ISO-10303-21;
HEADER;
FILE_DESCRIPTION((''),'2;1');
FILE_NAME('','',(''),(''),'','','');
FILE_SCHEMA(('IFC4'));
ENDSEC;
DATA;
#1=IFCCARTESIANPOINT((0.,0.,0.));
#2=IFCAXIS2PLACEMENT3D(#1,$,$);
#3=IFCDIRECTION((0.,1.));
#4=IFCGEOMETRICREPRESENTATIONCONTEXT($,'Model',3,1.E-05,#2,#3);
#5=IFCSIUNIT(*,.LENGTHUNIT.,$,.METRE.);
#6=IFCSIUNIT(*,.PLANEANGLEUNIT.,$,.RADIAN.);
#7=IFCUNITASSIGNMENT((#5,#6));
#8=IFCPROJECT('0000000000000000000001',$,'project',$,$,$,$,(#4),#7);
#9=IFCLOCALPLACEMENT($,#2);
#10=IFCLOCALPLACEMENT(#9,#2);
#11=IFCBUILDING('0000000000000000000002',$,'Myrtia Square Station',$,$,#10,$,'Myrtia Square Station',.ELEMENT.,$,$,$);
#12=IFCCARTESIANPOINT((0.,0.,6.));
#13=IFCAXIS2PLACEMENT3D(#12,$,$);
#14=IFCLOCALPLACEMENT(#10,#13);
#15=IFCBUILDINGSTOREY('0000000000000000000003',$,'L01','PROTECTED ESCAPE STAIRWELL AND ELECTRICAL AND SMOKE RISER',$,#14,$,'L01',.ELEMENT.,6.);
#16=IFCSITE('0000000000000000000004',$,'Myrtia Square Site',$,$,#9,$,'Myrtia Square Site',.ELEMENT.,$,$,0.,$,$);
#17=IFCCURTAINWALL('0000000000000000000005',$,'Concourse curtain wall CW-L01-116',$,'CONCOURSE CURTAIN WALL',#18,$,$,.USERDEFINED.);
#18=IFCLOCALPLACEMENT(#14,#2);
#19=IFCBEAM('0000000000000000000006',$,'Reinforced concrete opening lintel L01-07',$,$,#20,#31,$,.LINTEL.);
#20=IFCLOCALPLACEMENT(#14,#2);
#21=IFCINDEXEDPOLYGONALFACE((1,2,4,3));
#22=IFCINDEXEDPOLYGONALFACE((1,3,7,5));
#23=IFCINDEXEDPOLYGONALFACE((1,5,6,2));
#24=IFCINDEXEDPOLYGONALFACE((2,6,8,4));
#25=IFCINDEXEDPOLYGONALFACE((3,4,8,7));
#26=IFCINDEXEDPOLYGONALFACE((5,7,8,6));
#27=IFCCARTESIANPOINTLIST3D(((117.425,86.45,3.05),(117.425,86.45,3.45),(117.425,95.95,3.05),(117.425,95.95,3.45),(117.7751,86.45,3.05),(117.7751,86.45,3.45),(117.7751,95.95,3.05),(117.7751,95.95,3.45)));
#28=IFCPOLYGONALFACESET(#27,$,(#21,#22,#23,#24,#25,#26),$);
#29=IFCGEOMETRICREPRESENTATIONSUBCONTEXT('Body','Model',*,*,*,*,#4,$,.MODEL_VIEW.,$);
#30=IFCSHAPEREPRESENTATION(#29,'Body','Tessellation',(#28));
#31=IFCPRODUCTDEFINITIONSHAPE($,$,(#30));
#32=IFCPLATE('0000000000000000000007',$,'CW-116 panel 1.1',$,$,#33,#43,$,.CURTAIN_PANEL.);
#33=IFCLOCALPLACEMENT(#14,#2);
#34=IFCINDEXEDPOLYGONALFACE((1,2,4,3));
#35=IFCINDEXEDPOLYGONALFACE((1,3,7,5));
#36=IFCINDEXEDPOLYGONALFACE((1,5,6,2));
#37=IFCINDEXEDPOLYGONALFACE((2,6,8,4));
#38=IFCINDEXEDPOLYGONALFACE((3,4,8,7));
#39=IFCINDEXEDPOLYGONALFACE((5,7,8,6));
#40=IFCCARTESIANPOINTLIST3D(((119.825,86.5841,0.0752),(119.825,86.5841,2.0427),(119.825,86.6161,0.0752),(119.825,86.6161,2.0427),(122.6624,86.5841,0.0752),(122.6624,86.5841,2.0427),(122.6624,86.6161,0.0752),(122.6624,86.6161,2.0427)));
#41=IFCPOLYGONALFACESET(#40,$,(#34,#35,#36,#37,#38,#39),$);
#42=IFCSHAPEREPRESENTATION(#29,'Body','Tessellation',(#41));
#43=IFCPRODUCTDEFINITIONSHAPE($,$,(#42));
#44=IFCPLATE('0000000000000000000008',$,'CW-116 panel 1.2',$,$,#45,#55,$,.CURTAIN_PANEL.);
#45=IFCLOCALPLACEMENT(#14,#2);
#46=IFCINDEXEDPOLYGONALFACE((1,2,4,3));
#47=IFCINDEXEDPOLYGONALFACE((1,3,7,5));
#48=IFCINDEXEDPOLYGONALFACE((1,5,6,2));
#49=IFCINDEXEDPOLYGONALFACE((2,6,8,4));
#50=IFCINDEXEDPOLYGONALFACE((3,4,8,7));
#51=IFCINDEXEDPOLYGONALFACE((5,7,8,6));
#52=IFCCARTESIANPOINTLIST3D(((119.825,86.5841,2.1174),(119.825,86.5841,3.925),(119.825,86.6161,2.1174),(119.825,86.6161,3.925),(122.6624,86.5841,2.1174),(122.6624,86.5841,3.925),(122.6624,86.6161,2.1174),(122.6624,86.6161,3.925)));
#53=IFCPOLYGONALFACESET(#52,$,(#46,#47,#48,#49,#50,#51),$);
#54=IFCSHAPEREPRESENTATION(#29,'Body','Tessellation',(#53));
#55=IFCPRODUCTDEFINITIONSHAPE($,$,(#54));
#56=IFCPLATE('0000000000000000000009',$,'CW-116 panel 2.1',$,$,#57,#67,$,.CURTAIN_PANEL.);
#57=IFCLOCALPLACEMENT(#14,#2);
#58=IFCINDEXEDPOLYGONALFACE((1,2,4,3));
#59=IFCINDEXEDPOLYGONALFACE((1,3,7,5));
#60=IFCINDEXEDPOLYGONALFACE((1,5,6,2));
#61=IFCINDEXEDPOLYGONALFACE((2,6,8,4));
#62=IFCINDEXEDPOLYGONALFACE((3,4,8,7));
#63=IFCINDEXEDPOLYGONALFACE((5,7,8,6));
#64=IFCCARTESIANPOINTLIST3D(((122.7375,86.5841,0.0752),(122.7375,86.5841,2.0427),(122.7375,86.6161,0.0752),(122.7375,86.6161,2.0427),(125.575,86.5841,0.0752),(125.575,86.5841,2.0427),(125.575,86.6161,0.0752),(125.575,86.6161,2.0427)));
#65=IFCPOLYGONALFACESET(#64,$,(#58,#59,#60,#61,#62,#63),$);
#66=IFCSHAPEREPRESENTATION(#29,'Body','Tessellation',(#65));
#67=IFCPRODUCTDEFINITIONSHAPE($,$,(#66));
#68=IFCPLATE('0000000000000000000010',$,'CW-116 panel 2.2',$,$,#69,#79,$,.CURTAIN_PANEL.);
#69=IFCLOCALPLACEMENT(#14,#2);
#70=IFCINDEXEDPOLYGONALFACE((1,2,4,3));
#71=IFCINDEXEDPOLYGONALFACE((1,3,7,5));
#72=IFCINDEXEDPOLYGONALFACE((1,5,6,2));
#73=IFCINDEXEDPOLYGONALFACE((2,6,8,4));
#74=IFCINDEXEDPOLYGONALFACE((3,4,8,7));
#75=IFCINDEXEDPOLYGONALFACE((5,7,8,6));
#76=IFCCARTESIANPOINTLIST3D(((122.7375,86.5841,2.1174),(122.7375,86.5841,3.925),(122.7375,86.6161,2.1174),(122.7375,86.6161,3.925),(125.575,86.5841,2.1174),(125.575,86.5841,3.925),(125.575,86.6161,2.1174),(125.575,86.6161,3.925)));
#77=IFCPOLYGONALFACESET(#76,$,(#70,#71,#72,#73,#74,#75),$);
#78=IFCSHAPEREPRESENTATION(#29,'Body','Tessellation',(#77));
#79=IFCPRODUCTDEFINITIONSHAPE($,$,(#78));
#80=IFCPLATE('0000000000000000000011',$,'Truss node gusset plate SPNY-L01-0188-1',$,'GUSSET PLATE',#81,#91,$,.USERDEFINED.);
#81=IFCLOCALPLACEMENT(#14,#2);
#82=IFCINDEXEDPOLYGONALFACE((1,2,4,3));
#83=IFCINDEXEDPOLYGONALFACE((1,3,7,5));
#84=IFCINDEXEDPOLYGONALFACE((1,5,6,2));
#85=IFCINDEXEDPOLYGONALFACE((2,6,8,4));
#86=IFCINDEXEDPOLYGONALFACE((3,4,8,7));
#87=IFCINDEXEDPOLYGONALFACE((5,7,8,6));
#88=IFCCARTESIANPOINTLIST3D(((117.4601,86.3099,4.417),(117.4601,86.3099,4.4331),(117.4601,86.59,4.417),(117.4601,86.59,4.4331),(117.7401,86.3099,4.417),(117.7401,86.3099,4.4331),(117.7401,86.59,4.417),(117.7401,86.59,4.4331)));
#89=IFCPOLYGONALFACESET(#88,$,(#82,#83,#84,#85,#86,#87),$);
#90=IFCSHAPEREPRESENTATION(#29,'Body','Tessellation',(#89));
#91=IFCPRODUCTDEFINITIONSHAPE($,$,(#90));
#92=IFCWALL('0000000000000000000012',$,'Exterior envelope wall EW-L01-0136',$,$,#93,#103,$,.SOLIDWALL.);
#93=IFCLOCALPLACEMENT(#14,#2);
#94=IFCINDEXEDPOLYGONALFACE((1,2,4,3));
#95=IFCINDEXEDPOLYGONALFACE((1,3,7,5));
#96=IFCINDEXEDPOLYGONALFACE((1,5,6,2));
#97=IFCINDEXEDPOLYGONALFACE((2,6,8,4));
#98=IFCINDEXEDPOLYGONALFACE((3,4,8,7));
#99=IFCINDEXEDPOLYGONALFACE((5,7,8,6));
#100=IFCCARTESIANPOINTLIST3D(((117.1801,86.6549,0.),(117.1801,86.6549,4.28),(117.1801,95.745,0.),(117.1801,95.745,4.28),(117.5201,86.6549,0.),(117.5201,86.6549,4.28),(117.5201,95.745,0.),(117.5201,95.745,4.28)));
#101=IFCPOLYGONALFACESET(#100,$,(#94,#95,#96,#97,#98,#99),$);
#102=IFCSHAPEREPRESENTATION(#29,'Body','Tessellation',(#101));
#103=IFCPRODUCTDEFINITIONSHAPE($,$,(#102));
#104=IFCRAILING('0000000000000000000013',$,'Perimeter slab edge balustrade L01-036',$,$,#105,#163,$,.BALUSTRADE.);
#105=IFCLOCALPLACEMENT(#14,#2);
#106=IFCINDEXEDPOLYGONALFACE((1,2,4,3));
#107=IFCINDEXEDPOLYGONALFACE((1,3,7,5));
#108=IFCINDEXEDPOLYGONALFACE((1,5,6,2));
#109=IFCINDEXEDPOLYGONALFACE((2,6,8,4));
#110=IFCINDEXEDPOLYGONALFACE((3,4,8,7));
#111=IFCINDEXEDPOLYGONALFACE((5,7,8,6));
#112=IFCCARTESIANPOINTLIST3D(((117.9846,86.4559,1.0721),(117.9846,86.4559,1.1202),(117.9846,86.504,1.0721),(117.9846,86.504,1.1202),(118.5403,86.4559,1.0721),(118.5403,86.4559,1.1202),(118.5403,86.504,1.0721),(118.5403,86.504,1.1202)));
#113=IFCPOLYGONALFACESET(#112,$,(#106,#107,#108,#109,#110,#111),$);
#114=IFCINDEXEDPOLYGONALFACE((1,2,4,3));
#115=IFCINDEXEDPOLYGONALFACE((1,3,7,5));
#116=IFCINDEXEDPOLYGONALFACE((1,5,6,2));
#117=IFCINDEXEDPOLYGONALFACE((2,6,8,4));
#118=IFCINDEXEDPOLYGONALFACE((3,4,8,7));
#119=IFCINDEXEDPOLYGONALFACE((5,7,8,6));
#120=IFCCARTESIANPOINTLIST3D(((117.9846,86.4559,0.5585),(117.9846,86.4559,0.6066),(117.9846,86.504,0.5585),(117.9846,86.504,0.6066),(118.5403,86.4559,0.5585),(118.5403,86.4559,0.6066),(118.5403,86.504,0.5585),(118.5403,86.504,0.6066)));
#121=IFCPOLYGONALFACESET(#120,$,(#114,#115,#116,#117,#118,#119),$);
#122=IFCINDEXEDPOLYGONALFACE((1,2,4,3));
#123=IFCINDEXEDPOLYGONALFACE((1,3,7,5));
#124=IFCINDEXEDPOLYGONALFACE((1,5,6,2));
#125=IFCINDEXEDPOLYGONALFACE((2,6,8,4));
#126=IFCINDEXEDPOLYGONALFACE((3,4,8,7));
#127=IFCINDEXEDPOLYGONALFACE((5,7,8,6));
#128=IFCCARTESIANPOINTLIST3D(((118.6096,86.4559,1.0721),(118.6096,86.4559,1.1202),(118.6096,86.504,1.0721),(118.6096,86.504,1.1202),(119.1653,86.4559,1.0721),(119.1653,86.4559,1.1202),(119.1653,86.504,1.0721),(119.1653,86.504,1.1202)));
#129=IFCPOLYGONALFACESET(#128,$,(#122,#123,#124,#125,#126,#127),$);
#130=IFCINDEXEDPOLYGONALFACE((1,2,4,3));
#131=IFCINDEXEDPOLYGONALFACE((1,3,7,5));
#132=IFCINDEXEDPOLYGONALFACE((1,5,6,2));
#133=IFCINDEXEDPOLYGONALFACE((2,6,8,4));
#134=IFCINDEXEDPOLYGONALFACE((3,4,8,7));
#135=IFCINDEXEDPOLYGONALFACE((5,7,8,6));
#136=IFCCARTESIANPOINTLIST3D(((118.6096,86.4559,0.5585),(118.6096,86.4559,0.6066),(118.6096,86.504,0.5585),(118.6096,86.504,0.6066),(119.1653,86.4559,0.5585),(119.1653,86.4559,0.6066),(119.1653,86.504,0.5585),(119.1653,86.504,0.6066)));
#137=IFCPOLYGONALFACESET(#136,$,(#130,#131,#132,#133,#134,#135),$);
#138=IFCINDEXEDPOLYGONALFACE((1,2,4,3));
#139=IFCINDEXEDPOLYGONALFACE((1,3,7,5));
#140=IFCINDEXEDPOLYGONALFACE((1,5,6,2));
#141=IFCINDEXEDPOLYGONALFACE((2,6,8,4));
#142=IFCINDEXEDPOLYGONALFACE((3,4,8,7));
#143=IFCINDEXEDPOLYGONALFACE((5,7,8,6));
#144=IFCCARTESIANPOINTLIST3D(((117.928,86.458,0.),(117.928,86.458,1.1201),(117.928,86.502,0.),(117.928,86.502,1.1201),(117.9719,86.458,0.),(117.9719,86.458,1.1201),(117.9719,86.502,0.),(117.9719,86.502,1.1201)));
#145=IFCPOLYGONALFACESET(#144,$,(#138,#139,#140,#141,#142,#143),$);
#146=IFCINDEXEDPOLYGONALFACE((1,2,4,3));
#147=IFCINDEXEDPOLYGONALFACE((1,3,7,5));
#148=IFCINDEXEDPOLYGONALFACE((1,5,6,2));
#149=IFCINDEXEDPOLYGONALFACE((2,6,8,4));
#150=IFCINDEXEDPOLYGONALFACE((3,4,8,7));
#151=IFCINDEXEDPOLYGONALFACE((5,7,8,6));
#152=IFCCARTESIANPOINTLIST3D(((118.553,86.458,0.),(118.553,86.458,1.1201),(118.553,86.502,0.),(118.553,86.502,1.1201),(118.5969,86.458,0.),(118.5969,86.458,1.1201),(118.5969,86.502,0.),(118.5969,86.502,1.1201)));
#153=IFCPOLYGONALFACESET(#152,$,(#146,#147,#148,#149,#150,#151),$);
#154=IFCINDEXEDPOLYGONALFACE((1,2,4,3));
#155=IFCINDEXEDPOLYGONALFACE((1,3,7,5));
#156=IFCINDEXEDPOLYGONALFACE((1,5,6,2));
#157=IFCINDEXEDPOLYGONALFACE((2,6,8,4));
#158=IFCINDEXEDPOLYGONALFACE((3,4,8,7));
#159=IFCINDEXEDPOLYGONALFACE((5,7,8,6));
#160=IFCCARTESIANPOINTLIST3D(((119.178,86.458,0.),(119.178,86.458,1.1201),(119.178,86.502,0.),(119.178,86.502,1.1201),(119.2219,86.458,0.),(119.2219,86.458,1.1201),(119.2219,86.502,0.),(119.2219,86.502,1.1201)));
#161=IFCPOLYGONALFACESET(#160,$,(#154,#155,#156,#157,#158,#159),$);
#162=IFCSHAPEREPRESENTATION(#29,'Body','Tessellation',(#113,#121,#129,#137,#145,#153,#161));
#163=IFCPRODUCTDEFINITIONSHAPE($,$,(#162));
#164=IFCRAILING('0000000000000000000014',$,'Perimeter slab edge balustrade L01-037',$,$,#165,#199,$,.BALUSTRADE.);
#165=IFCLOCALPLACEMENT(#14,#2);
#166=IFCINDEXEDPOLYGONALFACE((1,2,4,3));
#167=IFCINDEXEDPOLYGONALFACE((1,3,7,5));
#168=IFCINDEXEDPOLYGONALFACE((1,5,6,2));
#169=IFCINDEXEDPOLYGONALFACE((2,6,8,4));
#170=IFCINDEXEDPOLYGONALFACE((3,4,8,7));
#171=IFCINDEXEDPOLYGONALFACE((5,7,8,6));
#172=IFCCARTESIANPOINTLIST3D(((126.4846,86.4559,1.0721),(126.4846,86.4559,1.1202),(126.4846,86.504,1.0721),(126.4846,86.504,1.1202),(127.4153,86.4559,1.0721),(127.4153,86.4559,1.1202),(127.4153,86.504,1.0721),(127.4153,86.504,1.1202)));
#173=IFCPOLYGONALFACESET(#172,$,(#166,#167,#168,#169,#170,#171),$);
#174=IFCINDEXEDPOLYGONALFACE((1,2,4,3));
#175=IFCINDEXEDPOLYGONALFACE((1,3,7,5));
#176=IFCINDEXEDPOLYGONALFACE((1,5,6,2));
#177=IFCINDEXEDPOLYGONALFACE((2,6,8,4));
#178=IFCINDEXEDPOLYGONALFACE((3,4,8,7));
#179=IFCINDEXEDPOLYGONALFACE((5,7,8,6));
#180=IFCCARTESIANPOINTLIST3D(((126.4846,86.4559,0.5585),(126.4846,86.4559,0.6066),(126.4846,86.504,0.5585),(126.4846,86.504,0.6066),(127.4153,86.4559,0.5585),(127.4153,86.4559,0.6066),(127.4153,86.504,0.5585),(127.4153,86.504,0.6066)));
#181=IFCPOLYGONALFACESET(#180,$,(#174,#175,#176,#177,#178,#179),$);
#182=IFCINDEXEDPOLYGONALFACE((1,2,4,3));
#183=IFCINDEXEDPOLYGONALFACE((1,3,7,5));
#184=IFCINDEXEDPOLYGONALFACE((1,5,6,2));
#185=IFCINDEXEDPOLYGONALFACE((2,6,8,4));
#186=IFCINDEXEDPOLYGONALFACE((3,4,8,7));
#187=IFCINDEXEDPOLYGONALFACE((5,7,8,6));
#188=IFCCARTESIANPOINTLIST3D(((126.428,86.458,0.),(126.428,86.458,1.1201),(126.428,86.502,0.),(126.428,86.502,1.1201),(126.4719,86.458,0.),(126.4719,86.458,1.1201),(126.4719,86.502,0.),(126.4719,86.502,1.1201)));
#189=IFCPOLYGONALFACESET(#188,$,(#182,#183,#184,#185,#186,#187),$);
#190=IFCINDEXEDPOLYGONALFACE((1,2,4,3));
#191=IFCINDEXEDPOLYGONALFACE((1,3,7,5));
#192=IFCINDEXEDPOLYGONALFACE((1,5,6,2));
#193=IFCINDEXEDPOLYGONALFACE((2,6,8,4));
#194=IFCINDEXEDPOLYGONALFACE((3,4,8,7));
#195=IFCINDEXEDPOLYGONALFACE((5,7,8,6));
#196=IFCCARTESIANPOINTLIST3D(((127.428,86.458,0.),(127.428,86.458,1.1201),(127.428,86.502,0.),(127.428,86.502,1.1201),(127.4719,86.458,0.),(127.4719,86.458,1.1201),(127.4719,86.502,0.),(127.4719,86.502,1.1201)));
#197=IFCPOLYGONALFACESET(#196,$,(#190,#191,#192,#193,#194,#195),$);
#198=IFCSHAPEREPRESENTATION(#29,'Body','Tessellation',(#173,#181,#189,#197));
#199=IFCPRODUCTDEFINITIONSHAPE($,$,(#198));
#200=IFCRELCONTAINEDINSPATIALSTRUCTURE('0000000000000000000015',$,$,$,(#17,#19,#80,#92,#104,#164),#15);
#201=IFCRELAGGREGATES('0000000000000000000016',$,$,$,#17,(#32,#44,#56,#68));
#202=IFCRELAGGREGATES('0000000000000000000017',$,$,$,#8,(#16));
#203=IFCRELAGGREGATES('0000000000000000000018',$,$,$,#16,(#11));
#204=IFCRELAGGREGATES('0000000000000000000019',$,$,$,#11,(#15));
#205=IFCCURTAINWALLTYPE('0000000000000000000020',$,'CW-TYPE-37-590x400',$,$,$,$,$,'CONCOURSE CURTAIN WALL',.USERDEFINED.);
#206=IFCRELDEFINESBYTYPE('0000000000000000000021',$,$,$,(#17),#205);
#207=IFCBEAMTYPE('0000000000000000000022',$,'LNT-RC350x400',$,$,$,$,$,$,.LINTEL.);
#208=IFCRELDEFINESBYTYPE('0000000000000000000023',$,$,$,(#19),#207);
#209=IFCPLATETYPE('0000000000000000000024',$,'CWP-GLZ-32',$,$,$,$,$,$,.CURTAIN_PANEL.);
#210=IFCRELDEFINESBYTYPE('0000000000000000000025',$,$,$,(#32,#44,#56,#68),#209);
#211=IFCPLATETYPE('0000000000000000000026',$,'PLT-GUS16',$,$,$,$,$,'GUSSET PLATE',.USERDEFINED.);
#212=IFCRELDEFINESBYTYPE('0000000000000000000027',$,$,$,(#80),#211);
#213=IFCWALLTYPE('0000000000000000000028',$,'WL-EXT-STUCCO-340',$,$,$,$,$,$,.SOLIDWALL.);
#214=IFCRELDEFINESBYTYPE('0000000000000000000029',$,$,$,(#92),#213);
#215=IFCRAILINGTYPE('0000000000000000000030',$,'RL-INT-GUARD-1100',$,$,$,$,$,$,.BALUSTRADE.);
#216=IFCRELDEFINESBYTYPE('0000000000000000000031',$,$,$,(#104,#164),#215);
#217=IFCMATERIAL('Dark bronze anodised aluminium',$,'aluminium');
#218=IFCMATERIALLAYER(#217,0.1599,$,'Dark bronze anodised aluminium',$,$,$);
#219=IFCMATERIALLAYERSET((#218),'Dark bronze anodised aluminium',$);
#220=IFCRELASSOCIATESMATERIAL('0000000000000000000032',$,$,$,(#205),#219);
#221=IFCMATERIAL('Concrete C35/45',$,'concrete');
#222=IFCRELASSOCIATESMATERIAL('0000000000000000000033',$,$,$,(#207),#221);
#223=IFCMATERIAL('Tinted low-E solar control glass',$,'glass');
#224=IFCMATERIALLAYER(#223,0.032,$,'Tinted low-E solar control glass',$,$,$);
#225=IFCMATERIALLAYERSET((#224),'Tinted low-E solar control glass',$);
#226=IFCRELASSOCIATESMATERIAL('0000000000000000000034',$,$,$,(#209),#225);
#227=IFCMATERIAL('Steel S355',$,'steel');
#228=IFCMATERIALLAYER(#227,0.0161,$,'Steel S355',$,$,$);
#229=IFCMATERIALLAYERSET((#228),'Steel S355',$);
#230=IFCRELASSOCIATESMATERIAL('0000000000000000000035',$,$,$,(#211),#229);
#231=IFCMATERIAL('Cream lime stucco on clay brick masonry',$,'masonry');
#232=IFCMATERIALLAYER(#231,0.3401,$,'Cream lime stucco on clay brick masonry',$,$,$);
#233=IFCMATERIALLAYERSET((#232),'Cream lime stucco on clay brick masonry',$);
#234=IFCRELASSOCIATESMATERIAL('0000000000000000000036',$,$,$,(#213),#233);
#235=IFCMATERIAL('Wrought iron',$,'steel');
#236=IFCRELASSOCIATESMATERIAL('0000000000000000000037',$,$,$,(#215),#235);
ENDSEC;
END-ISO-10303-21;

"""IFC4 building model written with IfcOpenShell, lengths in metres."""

from ifc_helpers import new_model, si_unit, direction, frame, frame_2d, origin, origin_2d, place, context, subcontext, project, spatial, rectangle, extrude, material, layer, layer_set, material_profile, profile_set, type_object, element, aggregate, save


model = new_model("IFC4")

# Units and contexts
model_context = context("Model", 3, precision=1e-05, world=origin(), true_north=direction((0.0, 1.0)))
body_context = subcontext(model_context, "Body", "Model", "MODEL_VIEW")
ifc_project = project(units=[si_unit("LENGTHUNIT", "METRE"), si_unit("PLANEANGLEUNIT", "RADIAN")], contexts=[model_context])

# Site, building, storey
site_placement = place(None, origin())
site = spatial("IfcSite", under=ifc_project, at=site_placement, Name="Myrtia Square Site", LongName="Myrtia Square Site", CompositionType="ELEMENT", RefElevation=0.0)
building_placement = place(site_placement, origin())
building = spatial("IfcBuilding", under=site, at=building_placement, Name="Myrtia Square Station", LongName="Myrtia Square Station", CompositionType="ELEMENT")
storey_placement = place(building_placement, frame((0.0, 0.0, 6.0)))
storey = spatial("IfcBuildingStorey", under=building, at=storey_placement, Name="L01", Description="PROTECTED ESCAPE STAIRWELL AND ELECTRICAL AND SMOKE RISER", LongName="L01", CompositionType="ELEMENT", Elevation=6.0)

# Shared definitions
ifc_material_1 = material(Name="Steel S355", Category="steel")

# Curtain wall
ifc_material_2 = material(Name="Dark bronze anodised aluminium", Category="aluminium")
ifc_layer_1 = layer(ifc_material_2, 0.1599, Name="Dark bronze anodised aluminium")
ifc_layer_set_1 = layer_set([ifc_layer_1], Name="Dark bronze anodised aluminium")
curtain_wall_type_1 = type_object("IfcCurtainWallType", Name="CW-TYPE-37-590x400", ElementType="CONCOURSE CURTAIN WALL", PredefinedType="USERDEFINED", material=ifc_layer_set_1)
curtain_wall_1_placement = place(storey_placement, origin())
curtain_wall_1 = element("IfcCurtainWall", 1, at=curtain_wall_1_placement, inside=storey, type_object=curtain_wall_type_1, Name="Concourse curtain wall CW-L01-116", ObjectType="CONCOURSE CURTAIN WALL", PredefinedType="USERDEFINED")

# Beam
ifc_material_3 = material(Name="Concrete C35/45", Category="concrete")
ifc_material_profile_1 = material_profile(ifc_material_3, rectangle(XDim=0.3501, YDim=0.3999, at=origin_2d()), Name="LNT 350x400")
ifc_profile_set_1 = profile_set([ifc_material_profile_1], Name="Concrete C35/45")
beam_type_1 = type_object("IfcBeamType", Name="LNT-RC350x400", PredefinedType="LINTEL", material=ifc_profile_set_1)
beam_1_placement = place(storey_placement, frame((117.6001, 86.45, 3.25), z_axis=(0.0, 1.0, 0.0), x_axis=(-1.0, 0.0, 0.0)))
element("IfcBeam", 2, at=beam_1_placement, inside=storey, type_object=beam_type_1, Name="Reinforced concrete opening lintel L01-07", PredefinedType="LINTEL", context=body_context, shape_type="SweptSolid", body=[
    extrude(rectangle(XDim=0.3501, YDim=0.3999, at=origin_2d()), origin(), (0.0, 0.0, 1.0), 9.5),
])

# Plates
ifc_material_4 = material(Name="Tinted low-E solar control glass", Category="glass")
ifc_layer_2 = layer(ifc_material_4, 0.032, Name="Tinted low-E solar control glass")
ifc_layer_set_2 = layer_set([ifc_layer_2], Name="Tinted low-E solar control glass")
plate_type_1 = type_object("IfcPlateType", Name="CWP-GLZ-32", PredefinedType="CURTAIN_PANEL", material=ifc_layer_set_2)
plate_1_placement = place(storey_placement, frame((121.2437, 86.6001, 0.0752), z_axis=(0.0, 0.0, 1.0), x_axis=(1.0, 0.0, 0.0)))
plate_1 = element("IfcPlate", 3, at=plate_1_placement, type_object=plate_type_1, Name="CW-116 panel 1.1", PredefinedType="CURTAIN_PANEL", context=body_context, shape_type="SweptSolid", body=[
    extrude(rectangle(XDim=2.8374, YDim=0.032, at=origin_2d()), origin(), (0.0, 0.0, 1.0), 1.9675),
])
plate_2_placement = place(storey_placement, frame((121.2437, 86.6001, 2.1174), z_axis=(0.0, 0.0, 1.0), x_axis=(1.0, 0.0, 0.0)))
plate_2 = element("IfcPlate", 4, at=plate_2_placement, type_object=plate_type_1, Name="CW-116 panel 1.2", PredefinedType="CURTAIN_PANEL", context=body_context, shape_type="SweptSolid", body=[
    extrude(rectangle(XDim=2.8374, YDim=0.032, at=origin_2d()), origin(), (0.0, 0.0, 1.0), 1.8076),
])
plate_3_placement = place(storey_placement, frame((124.1562, 86.6001, 0.0752), z_axis=(0.0, 0.0, 1.0), x_axis=(1.0, 0.0, 0.0)))
plate_3 = element("IfcPlate", 5, at=plate_3_placement, type_object=plate_type_1, Name="CW-116 panel 2.1", PredefinedType="CURTAIN_PANEL", context=body_context, shape_type="SweptSolid", body=[
    extrude(rectangle(XDim=2.8374, YDim=0.032, at=origin_2d()), origin(), (0.0, 0.0, 1.0), 1.9675),
])
plate_4_placement = place(storey_placement, frame((124.1562, 86.6001, 2.1174), z_axis=(0.0, 0.0, 1.0), x_axis=(1.0, 0.0, 0.0)))
plate_4 = element("IfcPlate", 6, at=plate_4_placement, type_object=plate_type_1, Name="CW-116 panel 2.2", PredefinedType="CURTAIN_PANEL", context=body_context, shape_type="SweptSolid", body=[
    extrude(rectangle(XDim=2.8374, YDim=0.032, at=origin_2d()), origin(), (0.0, 0.0, 1.0), 1.8076),
])
aggregate(curtain_wall_1, [plate_1, plate_2, plate_3, plate_4])
ifc_layer_3 = layer(ifc_material_1, 0.0161, Name="Steel S355")
ifc_layer_set_3 = layer_set([ifc_layer_3], Name="Steel S355")
plate_type_2 = type_object("IfcPlateType", Name="PLT-GUS16", ElementType="GUSSET PLATE", PredefinedType="USERDEFINED", material=ifc_layer_set_3)
plate_5_placement = place(storey_placement, frame((117.6001, 86.45, 4.417), z_axis=(0.0, 0.0, 1.0), x_axis=(0.0, 1.0, 0.0)))
element("IfcPlate", 7, at=plate_5_placement, inside=storey, type_object=plate_type_2, Name="Truss node gusset plate SPNY-L01-0188-1", ObjectType="GUSSET PLATE", PredefinedType="USERDEFINED", context=body_context, shape_type="SweptSolid", body=[
    extrude(rectangle(XDim=0.28, YDim=0.28, at=origin_2d()), origin(), (0.0, 0.0, 1.0), 0.0161),
])

# Wall
ifc_material_5 = material(Name="Cream lime stucco on clay brick masonry", Category="masonry")
ifc_layer_4 = layer(ifc_material_5, 0.3401, Name="Cream lime stucco on clay brick masonry")
ifc_layer_set_4 = layer_set([ifc_layer_4], Name="Cream lime stucco on clay brick masonry")
wall_type = type_object("IfcWallType", Name="WL-EXT-STUCCO-340", PredefinedType="SOLIDWALL", material=ifc_layer_set_4)
wall_placement = place(storey_placement, frame((117.3501, 86.655, 0.0), z_axis=(0.0, 0.0, 1.0), x_axis=(0.0, 1.0, 0.0)))
element("IfcWall", 8, at=wall_placement, inside=storey, type_object=wall_type, Name="Exterior envelope wall EW-L01-0136", PredefinedType="SOLIDWALL", context=body_context, shape_type="SweptSolid", body=[
    extrude(rectangle(XDim=9.0901, YDim=0.3401, at=frame_2d((4.5449, 0.0))), origin(), (0.0, 0.0, 1.0), 4.28),
])

# Railings
ifc_material_6 = material(Name="Wrought iron", Category="steel")
railing_type = type_object("IfcRailingType", Name="RL-INT-GUARD-1100", PredefinedType="BALUSTRADE", material=ifc_material_6)
railing_1_placement = place(storey_placement, frame((117.95, 86.48, 0.0)))
element("IfcRailing", 9, at=railing_1_placement, inside=storey, type_object=railing_type, Name="Perimeter slab edge balustrade L01-036", PredefinedType="BALUSTRADE", context=body_context, shape_type="SweptSolid", body=[
    extrude(rectangle(XDim=0.0481, YDim=0.0481, at=origin_2d()), frame((0.0347, 0.0, 1.0962), z_axis=(1.0, 0.0, 0.0), x_axis=(0.0, 1.0, 0.0)), (0.0, 0.0, 1.0), 0.5557),
    extrude(rectangle(XDim=0.0481, YDim=0.0481, at=origin_2d()), frame((0.0347, 0.0, 0.5825), z_axis=(1.0, 0.0, 0.0), x_axis=(0.0, 1.0, 0.0)), (0.0, 0.0, 1.0), 0.5557),
    extrude(rectangle(XDim=0.0481, YDim=0.0481, at=origin_2d()), frame((0.6597, 0.0, 1.0962), z_axis=(1.0, 0.0, 0.0), x_axis=(0.0, 1.0, 0.0)), (0.0, 0.0, 1.0), 0.5557),
    extrude(rectangle(XDim=0.0481, YDim=0.0481, at=origin_2d()), frame((0.6597, 0.0, 0.5825), z_axis=(1.0, 0.0, 0.0), x_axis=(0.0, 1.0, 0.0)), (0.0, 0.0, 1.0), 0.5557),
    extrude(rectangle(XDim=0.0439, YDim=0.0439, at=origin_2d()), origin(), (0.0, 0.0, 1.0), 1.1201),
    extrude(rectangle(XDim=0.0439, YDim=0.0439, at=origin_2d()), frame((0.625, 0.0, 0.0)), (0.0, 0.0, 1.0), 1.1201),
    extrude(rectangle(XDim=0.0439, YDim=0.0439, at=origin_2d()), frame((1.25, 0.0, 0.0)), (0.0, 0.0, 1.0), 1.1201),
])
railing_2_placement = place(storey_placement, frame((126.45, 86.48, 0.0)))
element("IfcRailing", 10, at=railing_2_placement, inside=storey, type_object=railing_type, Name="Perimeter slab edge balustrade L01-037", PredefinedType="BALUSTRADE", context=body_context, shape_type="SweptSolid", body=[
    extrude(rectangle(XDim=0.0481, YDim=0.0481, at=origin_2d()), frame((0.0347, 0.0, 1.0962), z_axis=(1.0, 0.0, 0.0), x_axis=(0.0, 1.0, 0.0)), (0.0, 0.0, 1.0), 0.9307),
    extrude(rectangle(XDim=0.0481, YDim=0.0481, at=origin_2d()), frame((0.0347, 0.0, 0.5825), z_axis=(1.0, 0.0, 0.0), x_axis=(0.0, 1.0, 0.0)), (0.0, 0.0, 1.0), 0.9307),
    extrude(rectangle(XDim=0.0439, YDim=0.0439, at=origin_2d()), origin(), (0.0, 0.0, 1.0), 1.1201),
    extrude(rectangle(XDim=0.0439, YDim=0.0439, at=origin_2d()), frame((1.0, 0.0, 0.0)), (0.0, 0.0, 1.0), 1.1201),
])

save(model, "model.ifc")
